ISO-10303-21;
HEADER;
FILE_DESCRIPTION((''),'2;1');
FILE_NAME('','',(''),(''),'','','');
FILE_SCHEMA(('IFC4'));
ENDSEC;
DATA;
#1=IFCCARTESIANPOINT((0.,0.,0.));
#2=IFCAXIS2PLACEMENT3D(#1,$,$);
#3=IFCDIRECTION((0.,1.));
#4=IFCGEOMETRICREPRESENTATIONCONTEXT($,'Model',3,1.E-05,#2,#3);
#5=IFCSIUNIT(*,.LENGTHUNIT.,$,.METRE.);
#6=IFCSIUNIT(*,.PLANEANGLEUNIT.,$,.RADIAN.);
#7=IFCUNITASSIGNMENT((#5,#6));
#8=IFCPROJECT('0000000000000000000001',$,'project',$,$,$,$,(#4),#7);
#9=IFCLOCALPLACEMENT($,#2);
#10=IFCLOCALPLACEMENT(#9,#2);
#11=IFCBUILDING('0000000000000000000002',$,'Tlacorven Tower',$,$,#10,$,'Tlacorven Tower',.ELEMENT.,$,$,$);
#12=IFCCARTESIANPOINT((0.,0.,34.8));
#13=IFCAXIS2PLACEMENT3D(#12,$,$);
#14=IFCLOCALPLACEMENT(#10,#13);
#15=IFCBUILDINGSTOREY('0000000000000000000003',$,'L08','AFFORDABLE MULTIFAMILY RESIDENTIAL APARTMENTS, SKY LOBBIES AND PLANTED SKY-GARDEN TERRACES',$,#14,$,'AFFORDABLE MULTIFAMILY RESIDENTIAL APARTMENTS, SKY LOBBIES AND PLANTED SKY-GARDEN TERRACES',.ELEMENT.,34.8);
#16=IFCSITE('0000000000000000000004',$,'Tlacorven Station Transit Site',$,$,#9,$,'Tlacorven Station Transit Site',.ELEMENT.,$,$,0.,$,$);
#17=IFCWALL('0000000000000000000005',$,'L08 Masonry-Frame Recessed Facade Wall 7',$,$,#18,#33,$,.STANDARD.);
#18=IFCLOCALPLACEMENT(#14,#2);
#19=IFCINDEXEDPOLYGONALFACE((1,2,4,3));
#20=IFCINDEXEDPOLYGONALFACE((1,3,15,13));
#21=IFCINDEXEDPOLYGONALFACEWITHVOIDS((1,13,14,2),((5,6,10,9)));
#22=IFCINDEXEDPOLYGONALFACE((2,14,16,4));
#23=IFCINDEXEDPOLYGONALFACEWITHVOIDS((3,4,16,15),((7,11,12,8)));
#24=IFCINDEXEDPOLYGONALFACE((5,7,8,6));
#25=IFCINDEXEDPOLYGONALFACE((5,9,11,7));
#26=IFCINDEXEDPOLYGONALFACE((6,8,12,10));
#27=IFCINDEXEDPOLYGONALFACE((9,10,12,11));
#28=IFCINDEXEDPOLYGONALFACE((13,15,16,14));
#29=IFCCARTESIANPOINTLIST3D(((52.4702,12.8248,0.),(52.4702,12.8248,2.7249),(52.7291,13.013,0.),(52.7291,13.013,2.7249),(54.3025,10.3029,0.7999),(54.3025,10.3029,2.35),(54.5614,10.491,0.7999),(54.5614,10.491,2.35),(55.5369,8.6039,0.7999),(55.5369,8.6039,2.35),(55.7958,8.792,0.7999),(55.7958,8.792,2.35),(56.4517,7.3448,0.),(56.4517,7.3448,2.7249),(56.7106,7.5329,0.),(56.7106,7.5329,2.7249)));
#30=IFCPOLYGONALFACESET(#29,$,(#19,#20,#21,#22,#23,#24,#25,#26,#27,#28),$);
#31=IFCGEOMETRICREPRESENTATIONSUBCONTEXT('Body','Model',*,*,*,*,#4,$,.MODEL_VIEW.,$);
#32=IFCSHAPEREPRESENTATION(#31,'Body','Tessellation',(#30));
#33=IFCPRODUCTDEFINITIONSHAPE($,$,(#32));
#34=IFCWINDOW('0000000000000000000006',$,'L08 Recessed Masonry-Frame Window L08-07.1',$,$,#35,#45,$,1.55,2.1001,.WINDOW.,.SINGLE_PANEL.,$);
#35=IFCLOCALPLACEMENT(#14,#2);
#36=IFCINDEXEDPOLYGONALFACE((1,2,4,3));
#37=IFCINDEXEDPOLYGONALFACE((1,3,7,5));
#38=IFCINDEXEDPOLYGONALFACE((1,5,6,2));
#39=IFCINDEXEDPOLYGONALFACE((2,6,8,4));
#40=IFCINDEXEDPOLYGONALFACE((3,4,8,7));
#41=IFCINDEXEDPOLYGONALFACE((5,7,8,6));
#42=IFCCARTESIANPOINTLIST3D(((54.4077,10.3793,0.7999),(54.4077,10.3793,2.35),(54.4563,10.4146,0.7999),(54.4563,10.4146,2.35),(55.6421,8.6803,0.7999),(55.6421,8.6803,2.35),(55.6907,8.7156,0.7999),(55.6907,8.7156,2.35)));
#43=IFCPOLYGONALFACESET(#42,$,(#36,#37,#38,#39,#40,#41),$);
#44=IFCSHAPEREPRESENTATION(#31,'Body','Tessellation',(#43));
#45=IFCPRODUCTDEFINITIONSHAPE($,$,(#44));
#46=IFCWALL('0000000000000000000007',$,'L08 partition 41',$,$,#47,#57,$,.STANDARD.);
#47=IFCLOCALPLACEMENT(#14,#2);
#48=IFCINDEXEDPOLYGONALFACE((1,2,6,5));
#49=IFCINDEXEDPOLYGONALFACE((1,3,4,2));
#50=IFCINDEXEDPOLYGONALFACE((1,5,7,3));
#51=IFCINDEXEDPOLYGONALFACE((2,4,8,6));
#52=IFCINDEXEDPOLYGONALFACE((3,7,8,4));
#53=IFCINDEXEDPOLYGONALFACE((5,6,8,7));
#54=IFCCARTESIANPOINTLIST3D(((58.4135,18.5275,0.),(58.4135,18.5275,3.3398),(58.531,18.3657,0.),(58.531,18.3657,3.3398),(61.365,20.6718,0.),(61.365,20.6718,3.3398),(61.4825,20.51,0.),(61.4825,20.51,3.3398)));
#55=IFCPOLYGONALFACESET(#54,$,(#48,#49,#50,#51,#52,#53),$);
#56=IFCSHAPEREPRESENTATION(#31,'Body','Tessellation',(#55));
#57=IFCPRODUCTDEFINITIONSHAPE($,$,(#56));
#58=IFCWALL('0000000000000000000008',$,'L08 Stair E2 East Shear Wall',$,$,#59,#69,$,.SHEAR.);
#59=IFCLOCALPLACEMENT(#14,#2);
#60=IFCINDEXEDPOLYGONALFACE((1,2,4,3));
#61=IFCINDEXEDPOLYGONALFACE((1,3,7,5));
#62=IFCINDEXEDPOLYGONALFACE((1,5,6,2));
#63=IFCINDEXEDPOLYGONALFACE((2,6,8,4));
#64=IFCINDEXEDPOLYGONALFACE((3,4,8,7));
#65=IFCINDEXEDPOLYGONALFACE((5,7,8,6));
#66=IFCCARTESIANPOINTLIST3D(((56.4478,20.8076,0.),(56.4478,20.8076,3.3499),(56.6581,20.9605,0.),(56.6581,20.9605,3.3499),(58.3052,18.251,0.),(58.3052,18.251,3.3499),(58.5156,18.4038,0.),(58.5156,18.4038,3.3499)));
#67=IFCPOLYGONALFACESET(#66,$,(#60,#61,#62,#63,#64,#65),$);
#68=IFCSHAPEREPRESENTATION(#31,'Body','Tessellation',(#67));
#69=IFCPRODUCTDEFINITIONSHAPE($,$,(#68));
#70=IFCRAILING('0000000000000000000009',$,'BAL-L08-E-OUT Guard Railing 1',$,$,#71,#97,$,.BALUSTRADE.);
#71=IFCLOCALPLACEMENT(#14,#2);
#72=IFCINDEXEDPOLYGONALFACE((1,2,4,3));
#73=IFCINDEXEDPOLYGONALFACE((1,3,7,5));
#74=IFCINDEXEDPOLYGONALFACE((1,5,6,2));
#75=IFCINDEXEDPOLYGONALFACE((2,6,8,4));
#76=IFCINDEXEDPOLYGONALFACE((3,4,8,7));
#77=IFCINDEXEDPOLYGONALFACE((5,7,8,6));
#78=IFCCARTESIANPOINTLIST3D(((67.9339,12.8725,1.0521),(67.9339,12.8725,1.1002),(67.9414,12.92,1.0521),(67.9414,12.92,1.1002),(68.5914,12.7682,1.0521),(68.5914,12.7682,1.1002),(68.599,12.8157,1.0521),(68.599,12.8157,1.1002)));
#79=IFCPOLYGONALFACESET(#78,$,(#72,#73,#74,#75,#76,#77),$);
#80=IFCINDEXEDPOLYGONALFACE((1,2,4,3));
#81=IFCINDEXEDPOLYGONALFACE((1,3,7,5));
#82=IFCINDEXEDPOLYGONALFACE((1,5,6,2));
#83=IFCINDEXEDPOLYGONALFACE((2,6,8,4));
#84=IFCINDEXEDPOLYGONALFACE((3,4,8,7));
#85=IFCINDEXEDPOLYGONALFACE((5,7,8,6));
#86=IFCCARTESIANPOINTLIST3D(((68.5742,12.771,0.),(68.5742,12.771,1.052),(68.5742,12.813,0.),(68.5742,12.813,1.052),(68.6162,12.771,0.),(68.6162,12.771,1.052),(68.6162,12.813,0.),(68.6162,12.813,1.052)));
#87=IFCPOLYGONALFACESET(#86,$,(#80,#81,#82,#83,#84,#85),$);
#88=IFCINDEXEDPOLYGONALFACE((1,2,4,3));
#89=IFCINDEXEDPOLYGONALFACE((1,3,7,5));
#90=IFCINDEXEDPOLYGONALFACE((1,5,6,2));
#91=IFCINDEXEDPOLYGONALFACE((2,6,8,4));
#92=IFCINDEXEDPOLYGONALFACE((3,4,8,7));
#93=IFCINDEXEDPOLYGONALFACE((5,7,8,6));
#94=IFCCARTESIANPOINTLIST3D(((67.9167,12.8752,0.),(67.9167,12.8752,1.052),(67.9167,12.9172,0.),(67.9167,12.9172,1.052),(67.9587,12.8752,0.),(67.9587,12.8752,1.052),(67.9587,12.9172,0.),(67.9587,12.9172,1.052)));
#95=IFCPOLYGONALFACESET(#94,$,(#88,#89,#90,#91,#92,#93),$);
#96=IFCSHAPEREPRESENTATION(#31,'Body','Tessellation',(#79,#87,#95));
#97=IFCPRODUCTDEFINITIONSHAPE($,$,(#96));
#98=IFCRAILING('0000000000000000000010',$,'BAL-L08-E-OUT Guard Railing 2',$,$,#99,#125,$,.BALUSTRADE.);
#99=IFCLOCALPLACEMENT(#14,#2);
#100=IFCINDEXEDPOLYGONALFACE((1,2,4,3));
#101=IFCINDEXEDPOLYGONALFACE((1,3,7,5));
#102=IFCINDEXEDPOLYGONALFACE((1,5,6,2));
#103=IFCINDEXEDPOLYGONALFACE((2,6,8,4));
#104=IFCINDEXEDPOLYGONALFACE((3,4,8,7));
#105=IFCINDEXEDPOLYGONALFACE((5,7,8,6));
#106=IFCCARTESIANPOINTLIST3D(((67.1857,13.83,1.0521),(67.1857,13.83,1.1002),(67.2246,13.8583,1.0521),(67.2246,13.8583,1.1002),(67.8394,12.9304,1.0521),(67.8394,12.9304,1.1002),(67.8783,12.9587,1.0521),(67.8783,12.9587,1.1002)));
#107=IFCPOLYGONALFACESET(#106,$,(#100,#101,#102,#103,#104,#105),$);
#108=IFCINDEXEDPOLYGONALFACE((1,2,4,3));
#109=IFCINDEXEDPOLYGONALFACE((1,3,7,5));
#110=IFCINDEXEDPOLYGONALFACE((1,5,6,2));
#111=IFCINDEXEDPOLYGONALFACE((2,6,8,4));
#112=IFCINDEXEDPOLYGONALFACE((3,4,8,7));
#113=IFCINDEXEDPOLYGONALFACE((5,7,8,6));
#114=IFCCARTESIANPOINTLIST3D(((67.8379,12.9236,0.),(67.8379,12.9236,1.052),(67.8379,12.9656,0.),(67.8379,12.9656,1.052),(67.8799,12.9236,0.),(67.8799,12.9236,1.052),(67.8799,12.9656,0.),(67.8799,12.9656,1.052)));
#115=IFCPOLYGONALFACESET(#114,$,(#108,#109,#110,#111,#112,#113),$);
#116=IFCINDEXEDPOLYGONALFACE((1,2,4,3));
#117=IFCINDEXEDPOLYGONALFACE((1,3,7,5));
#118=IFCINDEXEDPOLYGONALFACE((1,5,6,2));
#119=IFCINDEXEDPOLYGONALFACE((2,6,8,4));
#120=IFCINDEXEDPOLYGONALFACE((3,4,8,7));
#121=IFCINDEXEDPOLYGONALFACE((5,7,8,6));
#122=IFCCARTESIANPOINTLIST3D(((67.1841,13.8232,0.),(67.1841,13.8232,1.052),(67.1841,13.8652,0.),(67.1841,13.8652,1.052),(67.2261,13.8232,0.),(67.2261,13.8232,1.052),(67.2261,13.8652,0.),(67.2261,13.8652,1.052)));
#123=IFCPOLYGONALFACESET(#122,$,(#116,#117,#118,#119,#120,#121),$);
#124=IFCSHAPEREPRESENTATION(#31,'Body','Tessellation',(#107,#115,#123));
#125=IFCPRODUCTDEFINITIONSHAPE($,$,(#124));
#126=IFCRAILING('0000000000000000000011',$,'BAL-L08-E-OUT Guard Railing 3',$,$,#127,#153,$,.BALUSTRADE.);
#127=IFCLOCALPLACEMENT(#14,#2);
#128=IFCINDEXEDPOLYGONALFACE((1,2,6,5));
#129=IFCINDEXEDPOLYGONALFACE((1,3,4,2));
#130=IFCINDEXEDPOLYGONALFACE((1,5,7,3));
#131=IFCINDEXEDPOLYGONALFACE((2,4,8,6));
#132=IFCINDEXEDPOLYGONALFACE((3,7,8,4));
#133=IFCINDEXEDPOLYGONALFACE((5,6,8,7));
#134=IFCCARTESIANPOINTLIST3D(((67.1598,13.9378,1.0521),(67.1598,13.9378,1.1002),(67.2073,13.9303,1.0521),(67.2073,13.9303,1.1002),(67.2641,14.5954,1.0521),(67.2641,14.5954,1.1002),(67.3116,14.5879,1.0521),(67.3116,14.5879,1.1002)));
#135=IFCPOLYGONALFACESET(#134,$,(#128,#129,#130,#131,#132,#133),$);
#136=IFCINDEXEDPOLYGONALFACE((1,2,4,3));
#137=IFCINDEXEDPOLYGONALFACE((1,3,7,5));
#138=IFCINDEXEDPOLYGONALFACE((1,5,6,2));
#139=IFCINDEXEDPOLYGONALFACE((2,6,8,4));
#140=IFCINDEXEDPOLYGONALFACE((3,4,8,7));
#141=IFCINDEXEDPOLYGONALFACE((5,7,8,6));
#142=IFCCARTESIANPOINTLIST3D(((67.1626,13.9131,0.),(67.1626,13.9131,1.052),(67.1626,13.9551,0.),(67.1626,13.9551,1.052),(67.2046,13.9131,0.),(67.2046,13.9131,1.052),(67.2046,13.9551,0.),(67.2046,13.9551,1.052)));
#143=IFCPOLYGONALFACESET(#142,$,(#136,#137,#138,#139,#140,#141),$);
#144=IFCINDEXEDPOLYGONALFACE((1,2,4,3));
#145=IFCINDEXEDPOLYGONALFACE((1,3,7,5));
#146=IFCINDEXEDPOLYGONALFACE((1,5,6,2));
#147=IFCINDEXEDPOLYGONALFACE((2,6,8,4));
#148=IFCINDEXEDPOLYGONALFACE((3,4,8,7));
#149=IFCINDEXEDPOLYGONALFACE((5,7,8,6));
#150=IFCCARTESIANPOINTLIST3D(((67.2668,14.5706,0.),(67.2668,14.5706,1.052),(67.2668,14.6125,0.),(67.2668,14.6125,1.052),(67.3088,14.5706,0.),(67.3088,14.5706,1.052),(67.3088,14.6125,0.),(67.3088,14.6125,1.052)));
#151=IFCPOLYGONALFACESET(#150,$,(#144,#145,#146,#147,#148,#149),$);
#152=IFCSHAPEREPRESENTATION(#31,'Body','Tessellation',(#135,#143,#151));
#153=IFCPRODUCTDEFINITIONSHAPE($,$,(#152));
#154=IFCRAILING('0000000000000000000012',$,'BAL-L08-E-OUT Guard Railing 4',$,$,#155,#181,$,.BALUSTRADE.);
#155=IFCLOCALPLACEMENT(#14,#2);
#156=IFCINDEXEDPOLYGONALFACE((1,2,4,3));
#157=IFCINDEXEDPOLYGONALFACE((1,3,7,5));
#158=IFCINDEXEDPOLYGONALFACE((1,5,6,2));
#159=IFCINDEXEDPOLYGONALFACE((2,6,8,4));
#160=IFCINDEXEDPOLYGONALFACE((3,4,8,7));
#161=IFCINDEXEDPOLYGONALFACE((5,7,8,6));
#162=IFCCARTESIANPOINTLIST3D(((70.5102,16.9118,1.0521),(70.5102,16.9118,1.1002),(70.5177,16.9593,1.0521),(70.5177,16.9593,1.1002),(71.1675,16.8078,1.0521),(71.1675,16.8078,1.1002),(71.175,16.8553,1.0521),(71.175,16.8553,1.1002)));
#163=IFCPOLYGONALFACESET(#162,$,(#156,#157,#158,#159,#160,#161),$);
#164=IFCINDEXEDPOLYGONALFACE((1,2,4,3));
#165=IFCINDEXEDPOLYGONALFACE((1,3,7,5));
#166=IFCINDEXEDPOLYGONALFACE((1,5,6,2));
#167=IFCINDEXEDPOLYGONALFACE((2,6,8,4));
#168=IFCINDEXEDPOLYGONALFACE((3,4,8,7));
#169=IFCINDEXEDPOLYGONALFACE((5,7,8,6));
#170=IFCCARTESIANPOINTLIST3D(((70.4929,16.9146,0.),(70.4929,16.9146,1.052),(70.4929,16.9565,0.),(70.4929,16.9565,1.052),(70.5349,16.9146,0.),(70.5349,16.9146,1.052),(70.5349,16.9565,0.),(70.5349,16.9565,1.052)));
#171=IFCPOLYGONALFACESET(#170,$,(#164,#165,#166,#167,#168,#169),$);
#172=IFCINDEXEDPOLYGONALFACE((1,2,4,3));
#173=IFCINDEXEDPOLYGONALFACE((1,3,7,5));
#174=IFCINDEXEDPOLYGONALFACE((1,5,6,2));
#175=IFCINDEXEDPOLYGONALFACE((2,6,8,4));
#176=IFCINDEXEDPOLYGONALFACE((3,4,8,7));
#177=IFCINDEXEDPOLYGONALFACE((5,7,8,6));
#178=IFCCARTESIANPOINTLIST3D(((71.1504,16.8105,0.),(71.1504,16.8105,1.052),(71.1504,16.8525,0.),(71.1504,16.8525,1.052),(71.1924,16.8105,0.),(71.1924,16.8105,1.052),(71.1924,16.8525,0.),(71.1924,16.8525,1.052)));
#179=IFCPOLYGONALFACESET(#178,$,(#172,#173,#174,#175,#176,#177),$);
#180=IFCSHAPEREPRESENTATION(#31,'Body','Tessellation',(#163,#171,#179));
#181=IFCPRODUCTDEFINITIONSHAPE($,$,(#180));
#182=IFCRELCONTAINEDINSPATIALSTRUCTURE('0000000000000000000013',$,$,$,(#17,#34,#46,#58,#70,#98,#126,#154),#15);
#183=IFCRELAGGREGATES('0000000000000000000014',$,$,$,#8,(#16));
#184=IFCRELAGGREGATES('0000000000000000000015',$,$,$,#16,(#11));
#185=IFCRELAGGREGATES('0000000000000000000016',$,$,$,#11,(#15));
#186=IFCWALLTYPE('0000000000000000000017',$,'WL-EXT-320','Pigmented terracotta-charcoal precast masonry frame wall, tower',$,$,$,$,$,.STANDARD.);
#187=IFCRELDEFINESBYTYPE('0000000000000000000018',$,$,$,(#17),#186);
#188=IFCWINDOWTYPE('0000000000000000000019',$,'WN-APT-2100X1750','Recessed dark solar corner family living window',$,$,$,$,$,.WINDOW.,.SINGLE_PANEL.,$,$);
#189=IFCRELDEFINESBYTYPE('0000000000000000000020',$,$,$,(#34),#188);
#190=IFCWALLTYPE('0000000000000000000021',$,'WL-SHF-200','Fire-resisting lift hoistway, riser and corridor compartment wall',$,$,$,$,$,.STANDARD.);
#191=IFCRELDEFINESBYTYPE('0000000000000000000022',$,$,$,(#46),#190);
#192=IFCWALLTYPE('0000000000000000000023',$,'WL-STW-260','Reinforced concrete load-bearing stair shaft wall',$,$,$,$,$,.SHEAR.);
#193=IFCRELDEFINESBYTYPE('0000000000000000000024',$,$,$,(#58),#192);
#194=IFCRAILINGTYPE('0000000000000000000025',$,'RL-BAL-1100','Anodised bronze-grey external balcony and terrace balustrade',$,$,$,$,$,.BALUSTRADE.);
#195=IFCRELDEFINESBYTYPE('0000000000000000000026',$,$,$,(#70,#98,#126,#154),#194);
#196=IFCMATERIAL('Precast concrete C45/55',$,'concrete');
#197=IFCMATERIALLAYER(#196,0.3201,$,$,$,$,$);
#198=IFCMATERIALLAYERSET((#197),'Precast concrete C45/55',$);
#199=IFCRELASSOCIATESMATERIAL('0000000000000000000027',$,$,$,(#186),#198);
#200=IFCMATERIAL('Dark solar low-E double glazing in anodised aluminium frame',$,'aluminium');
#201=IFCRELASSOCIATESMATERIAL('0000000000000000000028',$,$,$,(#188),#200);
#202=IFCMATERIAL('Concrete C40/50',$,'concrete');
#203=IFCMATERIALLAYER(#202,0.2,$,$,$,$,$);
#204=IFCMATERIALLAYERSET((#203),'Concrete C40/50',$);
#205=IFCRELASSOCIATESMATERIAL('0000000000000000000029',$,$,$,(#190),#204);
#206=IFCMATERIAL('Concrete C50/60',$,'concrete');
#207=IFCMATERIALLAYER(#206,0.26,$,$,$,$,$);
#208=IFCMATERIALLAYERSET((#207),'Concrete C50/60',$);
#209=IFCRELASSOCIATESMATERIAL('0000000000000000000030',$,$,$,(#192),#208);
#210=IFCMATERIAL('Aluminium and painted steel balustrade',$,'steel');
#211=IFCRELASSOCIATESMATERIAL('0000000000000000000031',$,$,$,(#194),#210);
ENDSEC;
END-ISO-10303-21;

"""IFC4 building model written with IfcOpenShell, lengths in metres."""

from ifc_helpers import new_model, si_unit, direction, frame, frame_2d, origin, origin_2d, place, context, subcontext, project, spatial, rectangle, extrude, source, transform, mapped, material, layer, layer_set, type_object, element, fill, save


model = new_model("IFC4")

# Units and contexts
model_context = context("Model", 3, precision=1e-05, world=origin(), true_north=direction((0.0, 1.0)))
body_context = subcontext(model_context, "Body", "Model", "MODEL_VIEW")
ifc_project = project(units=[si_unit("LENGTHUNIT", "METRE"), si_unit("PLANEANGLEUNIT", "RADIAN")], contexts=[model_context])

# Site, building, storey
site_placement = place(None, origin())
site = spatial("IfcSite", under=ifc_project, at=site_placement, Name="Tlacorven Station Transit Site", LongName="Tlacorven Station Transit Site", CompositionType="ELEMENT", RefElevation=0.0)
building_placement = place(site_placement, origin())
building = spatial("IfcBuilding", under=site, at=building_placement, Name="Tlacorven Tower", LongName="Tlacorven Tower", CompositionType="ELEMENT")
storey_placement = place(building_placement, frame((0.0, 0.0, 34.8)))
storey = spatial("IfcBuildingStorey", under=building, at=storey_placement, Name="L08", Description="AFFORDABLE MULTIFAMILY RESIDENTIAL APARTMENTS, SKY LOBBIES AND PLANTED SKY-GARDEN TERRACES", LongName="AFFORDABLE MULTIFAMILY RESIDENTIAL APARTMENTS, SKY LOBBIES AND PLANTED SKY-GARDEN TERRACES", CompositionType="ELEMENT", Elevation=34.8)

# Shared definitions
ifc_material_1 = material(Name="Precast concrete C45/55", Category="concrete")
ifc_layer_1 = layer(ifc_material_1, 0.3201)
ifc_layer_set_1 = layer_set([ifc_layer_1], Name="Precast concrete C45/55")
wall_type_1 = type_object("IfcWallType", Name="WL-EXT-320", Description="Pigmented terracotta-charcoal precast masonry frame wall, tower", PredefinedType="STANDARD", material=ifc_layer_set_1)
ifc_material_2 = material(Name="Dark solar low-E double glazing in anodised aluminium frame", Category="aluminium")

# Wall, opening, window
wall_1_placement = place(storey_placement, frame((56.5811, 7.439, 0.0), z_axis=(0.0, 0.0, 1.0), x_axis=(-0.587786, 0.809017, 0.0)))
wall_1 = element("IfcWall", 1, at=wall_1_placement, inside=storey, type_object=wall_type_1, Name="L08 Masonry-Frame Recessed Facade Wall 7", PredefinedType="STANDARD", context=body_context, shape_type="SweptSolid", body=[
    extrude(rectangle(XDim=6.7737, YDim=0.3201, at=frame_2d((3.3867, 0.0))), origin(), (0.0, 0.0, 1.0), 2.7249),
])
opening_1_placement = place(wall_1_placement, frame((1.5562, 0.0, 0.8)))
opening_1 = element("IfcOpeningElement", 2, at=opening_1_placement, cuts=wall_1, PredefinedType="OPENING", context=body_context, shape_type="SweptSolid", body=[
    extrude(rectangle(XDim=2.1001, YDim=1.55, at=frame_2d((1.05, 0.7749))), frame((0.0, 0.1699, 0.0), z_axis=(0.0, -1.0, 0.0), x_axis=(1.0, 0.0, 0.0)), (0.0, 0.0, 1.0), 0.3401),
])
window_type_1 = type_object("IfcWindowType", Name="WN-APT-2100X1750", Description="Recessed dark solar corner family living window", PartitioningType="SINGLE_PANEL", PredefinedType="WINDOW", material=ifc_material_2)
shared_shape_1 = source(origin(), body_context, "Body", "SweptSolid", [
    extrude(rectangle(XDim=2.1001, YDim=1.55, at=frame_2d((1.05, 0.7749))), frame((0.0, 0.03, 0.0), z_axis=(0.0, -1.0, 0.0), x_axis=(1.0, 0.0, 0.0)), (0.0, 0.0, 1.0), 0.0601),
])
window_1_placement = place(opening_1_placement, origin())
window_1 = element("IfcWindow", 3, at=window_1_placement, inside=storey, type_object=window_type_1, Name="L08 Recessed Masonry-Frame Window L08-07.1", OverallHeight=1.55, OverallWidth=2.1001, PartitioningType="SINGLE_PANEL", PredefinedType="WINDOW", context=body_context, shape_type="MappedRepresentation", body=[
    mapped(shared_shape_1, transform((0.0, 0.0, 0.0), scale=1.0)),
])
fill(opening_1, window_1)

# Walls
ifc_material_3 = material(Name="Concrete C40/50", Category="concrete")
ifc_layer_2 = layer(ifc_material_3, 0.2)
ifc_layer_set_2 = layer_set([ifc_layer_2], Name="Concrete C40/50")
wall_type_2 = type_object("IfcWallType", Name="WL-SHF-200", Description="Fire-resisting lift hoistway, riser and corridor compartment wall", PredefinedType="STANDARD", material=ifc_layer_set_2)
wall_2_placement = place(storey_placement, frame((58.4722, 18.4465, 0.0), z_axis=(0.0, 0.0, 1.0), x_axis=(0.809022, 0.587778, 0.0)))
element("IfcWall", 4, at=wall_2_placement, inside=storey, type_object=wall_type_2, Name="L08 partition 41", PredefinedType="STANDARD", context=body_context, shape_type="SweptSolid", body=[
    extrude(rectangle(XDim=3.6482, YDim=0.2, at=frame_2d((1.8242, 0.0))), origin(), (0.0, 0.0, 1.0), 3.3398),
])
ifc_material_4 = material(Name="Concrete C50/60", Category="concrete")
ifc_layer_3 = layer(ifc_material_4, 0.26)
ifc_layer_set_3 = layer_set([ifc_layer_3], Name="Concrete C50/60")
wall_type_3 = type_object("IfcWallType", Name="WL-STW-260", Description="Reinforced concrete load-bearing stair shaft wall", PredefinedType="SHEAR", material=ifc_layer_set_3)
wall_3_placement = place(storey_placement, frame((58.4104, 18.3274, 0.0), z_axis=(0.0, 0.0, 1.0), x_axis=(-0.587767, 0.80903, 0.0)))
element("IfcWall", 5, at=wall_3_placement, inside=storey, type_object=wall_type_3, Name="L08 Stair E2 East Shear Wall", PredefinedType="SHEAR", context=body_context, shape_type="SweptSolid", body=[
    extrude(rectangle(XDim=3.1602, YDim=0.26, at=frame_2d((1.5801, 0.0))), origin(), (0.0, 0.0, 1.0), 3.3499),
])

# Railings
ifc_material_5 = material(Name="Aluminium and painted steel balustrade", Category="steel")
railing_type = type_object("IfcRailingType", Name="RL-BAL-1100", Description="Anodised bronze-grey external balcony and terrace balustrade", PredefinedType="BALUSTRADE", material=ifc_material_5)
shared_shape_2 = source(origin(), body_context, "Body", "SweptSolid", [
    extrude(rectangle(XDim=0.0481, YDim=0.0481, at=origin_2d()), frame((0.0, 0.0, 1.0762), z_axis=(-0.987662, 0.156603, 0.0), x_axis=(-0.156603, -0.987662, 0.0)), (0.0, 0.0, 1.0), 0.6658),
    extrude(rectangle(XDim=0.042, YDim=0.042, at=origin_2d()), origin(), (0.0, 0.0, 1.0), 1.052),
    extrude(rectangle(XDim=0.042, YDim=0.042, at=origin_2d()), frame((-0.6575, 0.1042, 0.0)), (0.0, 0.0, 1.0), 1.052),
])
railing_1_placement = place(storey_placement, frame((68.5952, 12.792, 0.0)))
element("IfcRailing", 6, at=railing_1_placement, inside=storey, type_object=railing_type, Name="BAL-L08-E-OUT Guard Railing 1", PredefinedType="BALUSTRADE", context=body_context, shape_type="MappedRepresentation", body=[
    mapped(shared_shape_2, transform((0.0, 0.0, 0.0), scale=1.0)),
])
shared_shape_3 = source(origin(), body_context, "Body", "SweptSolid", [
    extrude(rectangle(XDim=0.0481, YDim=0.0481, at=origin_2d()), frame((0.0, 0.0, 1.0762), z_axis=(-0.587884, 0.808945, 0.0), x_axis=(-0.808945, -0.587884, 0.0)), (0.0, 0.0, 1.0), 1.1121),
    extrude(rectangle(XDim=0.042, YDim=0.042, at=origin_2d()), origin(), (0.0, 0.0, 1.0), 1.052),
    extrude(rectangle(XDim=0.042, YDim=0.042, at=origin_2d()), frame((-0.6538, 0.8997, 0.0)), (0.0, 0.0, 1.0), 1.052),
])
railing_2_placement = place(storey_placement, frame((67.8589, 12.9446, 0.0)))
element("IfcRailing", 7, at=railing_2_placement, inside=storey, type_object=railing_type, Name="BAL-L08-E-OUT Guard Railing 2", PredefinedType="BALUSTRADE", context=body_context, shape_type="MappedRepresentation", body=[
    mapped(shared_shape_3, transform((0.0, 0.0, 0.0), scale=1.0)),
])
shared_shape_4 = source(origin(), body_context, "Body", "SweptSolid", [
    extrude(rectangle(XDim=0.0481, YDim=0.0481, at=origin_2d()), frame((0.0, 0.0, 1.0762), z_axis=(0.156603, 0.987662, 0.0), x_axis=(-0.987662, 0.156603, 0.0)), (0.0, 0.0, 1.0), 0.6658),
    extrude(rectangle(XDim=0.042, YDim=0.042, at=origin_2d()), origin(), (0.0, 0.0, 1.0), 1.052),
    extrude(rectangle(XDim=0.042, YDim=0.042, at=origin_2d()), frame((0.1042, 0.6575, 0.0)), (0.0, 0.0, 1.0), 1.052),
])
railing_3_placement = place(storey_placement, frame((67.1836, 13.9341, 0.0)))
element("IfcRailing", 8, at=railing_3_placement, inside=storey, type_object=railing_type, Name="BAL-L08-E-OUT Guard Railing 3", PredefinedType="BALUSTRADE", context=body_context, shape_type="MappedRepresentation", body=[
    mapped(shared_shape_4, transform((0.0, 0.0, 0.0), scale=1.0)),
])
shared_shape_5 = source(origin(), body_context, "Body", "SweptSolid", [
    extrude(rectangle(XDim=0.0481, YDim=0.0481, at=origin_2d()), frame((0.0, 0.0, 1.0762), z_axis=(0.987718, -0.156245, 0.0), x_axis=(0.156245, 0.987718, 0.0)), (0.0, 0.0, 1.0), 0.6655),
    extrude(rectangle(XDim=0.042, YDim=0.042, at=origin_2d()), origin(), (0.0, 0.0, 1.0), 1.052),
    extrude(rectangle(XDim=0.042, YDim=0.042, at=origin_2d()), frame((0.6575, -0.104, 0.0)), (0.0, 0.0, 1.0), 1.052),
])
railing_4_placement = place(storey_placement, frame((70.5139, 16.9355, 0.0)))
element("IfcRailing", 9, at=railing_4_placement, inside=storey, type_object=railing_type, Name="BAL-L08-E-OUT Guard Railing 4", PredefinedType="BALUSTRADE", context=body_context, shape_type="MappedRepresentation", body=[
    mapped(shared_shape_5, transform((0.0, 0.0, 0.0), scale=1.0)),
])

save(model, "model.ifc")
